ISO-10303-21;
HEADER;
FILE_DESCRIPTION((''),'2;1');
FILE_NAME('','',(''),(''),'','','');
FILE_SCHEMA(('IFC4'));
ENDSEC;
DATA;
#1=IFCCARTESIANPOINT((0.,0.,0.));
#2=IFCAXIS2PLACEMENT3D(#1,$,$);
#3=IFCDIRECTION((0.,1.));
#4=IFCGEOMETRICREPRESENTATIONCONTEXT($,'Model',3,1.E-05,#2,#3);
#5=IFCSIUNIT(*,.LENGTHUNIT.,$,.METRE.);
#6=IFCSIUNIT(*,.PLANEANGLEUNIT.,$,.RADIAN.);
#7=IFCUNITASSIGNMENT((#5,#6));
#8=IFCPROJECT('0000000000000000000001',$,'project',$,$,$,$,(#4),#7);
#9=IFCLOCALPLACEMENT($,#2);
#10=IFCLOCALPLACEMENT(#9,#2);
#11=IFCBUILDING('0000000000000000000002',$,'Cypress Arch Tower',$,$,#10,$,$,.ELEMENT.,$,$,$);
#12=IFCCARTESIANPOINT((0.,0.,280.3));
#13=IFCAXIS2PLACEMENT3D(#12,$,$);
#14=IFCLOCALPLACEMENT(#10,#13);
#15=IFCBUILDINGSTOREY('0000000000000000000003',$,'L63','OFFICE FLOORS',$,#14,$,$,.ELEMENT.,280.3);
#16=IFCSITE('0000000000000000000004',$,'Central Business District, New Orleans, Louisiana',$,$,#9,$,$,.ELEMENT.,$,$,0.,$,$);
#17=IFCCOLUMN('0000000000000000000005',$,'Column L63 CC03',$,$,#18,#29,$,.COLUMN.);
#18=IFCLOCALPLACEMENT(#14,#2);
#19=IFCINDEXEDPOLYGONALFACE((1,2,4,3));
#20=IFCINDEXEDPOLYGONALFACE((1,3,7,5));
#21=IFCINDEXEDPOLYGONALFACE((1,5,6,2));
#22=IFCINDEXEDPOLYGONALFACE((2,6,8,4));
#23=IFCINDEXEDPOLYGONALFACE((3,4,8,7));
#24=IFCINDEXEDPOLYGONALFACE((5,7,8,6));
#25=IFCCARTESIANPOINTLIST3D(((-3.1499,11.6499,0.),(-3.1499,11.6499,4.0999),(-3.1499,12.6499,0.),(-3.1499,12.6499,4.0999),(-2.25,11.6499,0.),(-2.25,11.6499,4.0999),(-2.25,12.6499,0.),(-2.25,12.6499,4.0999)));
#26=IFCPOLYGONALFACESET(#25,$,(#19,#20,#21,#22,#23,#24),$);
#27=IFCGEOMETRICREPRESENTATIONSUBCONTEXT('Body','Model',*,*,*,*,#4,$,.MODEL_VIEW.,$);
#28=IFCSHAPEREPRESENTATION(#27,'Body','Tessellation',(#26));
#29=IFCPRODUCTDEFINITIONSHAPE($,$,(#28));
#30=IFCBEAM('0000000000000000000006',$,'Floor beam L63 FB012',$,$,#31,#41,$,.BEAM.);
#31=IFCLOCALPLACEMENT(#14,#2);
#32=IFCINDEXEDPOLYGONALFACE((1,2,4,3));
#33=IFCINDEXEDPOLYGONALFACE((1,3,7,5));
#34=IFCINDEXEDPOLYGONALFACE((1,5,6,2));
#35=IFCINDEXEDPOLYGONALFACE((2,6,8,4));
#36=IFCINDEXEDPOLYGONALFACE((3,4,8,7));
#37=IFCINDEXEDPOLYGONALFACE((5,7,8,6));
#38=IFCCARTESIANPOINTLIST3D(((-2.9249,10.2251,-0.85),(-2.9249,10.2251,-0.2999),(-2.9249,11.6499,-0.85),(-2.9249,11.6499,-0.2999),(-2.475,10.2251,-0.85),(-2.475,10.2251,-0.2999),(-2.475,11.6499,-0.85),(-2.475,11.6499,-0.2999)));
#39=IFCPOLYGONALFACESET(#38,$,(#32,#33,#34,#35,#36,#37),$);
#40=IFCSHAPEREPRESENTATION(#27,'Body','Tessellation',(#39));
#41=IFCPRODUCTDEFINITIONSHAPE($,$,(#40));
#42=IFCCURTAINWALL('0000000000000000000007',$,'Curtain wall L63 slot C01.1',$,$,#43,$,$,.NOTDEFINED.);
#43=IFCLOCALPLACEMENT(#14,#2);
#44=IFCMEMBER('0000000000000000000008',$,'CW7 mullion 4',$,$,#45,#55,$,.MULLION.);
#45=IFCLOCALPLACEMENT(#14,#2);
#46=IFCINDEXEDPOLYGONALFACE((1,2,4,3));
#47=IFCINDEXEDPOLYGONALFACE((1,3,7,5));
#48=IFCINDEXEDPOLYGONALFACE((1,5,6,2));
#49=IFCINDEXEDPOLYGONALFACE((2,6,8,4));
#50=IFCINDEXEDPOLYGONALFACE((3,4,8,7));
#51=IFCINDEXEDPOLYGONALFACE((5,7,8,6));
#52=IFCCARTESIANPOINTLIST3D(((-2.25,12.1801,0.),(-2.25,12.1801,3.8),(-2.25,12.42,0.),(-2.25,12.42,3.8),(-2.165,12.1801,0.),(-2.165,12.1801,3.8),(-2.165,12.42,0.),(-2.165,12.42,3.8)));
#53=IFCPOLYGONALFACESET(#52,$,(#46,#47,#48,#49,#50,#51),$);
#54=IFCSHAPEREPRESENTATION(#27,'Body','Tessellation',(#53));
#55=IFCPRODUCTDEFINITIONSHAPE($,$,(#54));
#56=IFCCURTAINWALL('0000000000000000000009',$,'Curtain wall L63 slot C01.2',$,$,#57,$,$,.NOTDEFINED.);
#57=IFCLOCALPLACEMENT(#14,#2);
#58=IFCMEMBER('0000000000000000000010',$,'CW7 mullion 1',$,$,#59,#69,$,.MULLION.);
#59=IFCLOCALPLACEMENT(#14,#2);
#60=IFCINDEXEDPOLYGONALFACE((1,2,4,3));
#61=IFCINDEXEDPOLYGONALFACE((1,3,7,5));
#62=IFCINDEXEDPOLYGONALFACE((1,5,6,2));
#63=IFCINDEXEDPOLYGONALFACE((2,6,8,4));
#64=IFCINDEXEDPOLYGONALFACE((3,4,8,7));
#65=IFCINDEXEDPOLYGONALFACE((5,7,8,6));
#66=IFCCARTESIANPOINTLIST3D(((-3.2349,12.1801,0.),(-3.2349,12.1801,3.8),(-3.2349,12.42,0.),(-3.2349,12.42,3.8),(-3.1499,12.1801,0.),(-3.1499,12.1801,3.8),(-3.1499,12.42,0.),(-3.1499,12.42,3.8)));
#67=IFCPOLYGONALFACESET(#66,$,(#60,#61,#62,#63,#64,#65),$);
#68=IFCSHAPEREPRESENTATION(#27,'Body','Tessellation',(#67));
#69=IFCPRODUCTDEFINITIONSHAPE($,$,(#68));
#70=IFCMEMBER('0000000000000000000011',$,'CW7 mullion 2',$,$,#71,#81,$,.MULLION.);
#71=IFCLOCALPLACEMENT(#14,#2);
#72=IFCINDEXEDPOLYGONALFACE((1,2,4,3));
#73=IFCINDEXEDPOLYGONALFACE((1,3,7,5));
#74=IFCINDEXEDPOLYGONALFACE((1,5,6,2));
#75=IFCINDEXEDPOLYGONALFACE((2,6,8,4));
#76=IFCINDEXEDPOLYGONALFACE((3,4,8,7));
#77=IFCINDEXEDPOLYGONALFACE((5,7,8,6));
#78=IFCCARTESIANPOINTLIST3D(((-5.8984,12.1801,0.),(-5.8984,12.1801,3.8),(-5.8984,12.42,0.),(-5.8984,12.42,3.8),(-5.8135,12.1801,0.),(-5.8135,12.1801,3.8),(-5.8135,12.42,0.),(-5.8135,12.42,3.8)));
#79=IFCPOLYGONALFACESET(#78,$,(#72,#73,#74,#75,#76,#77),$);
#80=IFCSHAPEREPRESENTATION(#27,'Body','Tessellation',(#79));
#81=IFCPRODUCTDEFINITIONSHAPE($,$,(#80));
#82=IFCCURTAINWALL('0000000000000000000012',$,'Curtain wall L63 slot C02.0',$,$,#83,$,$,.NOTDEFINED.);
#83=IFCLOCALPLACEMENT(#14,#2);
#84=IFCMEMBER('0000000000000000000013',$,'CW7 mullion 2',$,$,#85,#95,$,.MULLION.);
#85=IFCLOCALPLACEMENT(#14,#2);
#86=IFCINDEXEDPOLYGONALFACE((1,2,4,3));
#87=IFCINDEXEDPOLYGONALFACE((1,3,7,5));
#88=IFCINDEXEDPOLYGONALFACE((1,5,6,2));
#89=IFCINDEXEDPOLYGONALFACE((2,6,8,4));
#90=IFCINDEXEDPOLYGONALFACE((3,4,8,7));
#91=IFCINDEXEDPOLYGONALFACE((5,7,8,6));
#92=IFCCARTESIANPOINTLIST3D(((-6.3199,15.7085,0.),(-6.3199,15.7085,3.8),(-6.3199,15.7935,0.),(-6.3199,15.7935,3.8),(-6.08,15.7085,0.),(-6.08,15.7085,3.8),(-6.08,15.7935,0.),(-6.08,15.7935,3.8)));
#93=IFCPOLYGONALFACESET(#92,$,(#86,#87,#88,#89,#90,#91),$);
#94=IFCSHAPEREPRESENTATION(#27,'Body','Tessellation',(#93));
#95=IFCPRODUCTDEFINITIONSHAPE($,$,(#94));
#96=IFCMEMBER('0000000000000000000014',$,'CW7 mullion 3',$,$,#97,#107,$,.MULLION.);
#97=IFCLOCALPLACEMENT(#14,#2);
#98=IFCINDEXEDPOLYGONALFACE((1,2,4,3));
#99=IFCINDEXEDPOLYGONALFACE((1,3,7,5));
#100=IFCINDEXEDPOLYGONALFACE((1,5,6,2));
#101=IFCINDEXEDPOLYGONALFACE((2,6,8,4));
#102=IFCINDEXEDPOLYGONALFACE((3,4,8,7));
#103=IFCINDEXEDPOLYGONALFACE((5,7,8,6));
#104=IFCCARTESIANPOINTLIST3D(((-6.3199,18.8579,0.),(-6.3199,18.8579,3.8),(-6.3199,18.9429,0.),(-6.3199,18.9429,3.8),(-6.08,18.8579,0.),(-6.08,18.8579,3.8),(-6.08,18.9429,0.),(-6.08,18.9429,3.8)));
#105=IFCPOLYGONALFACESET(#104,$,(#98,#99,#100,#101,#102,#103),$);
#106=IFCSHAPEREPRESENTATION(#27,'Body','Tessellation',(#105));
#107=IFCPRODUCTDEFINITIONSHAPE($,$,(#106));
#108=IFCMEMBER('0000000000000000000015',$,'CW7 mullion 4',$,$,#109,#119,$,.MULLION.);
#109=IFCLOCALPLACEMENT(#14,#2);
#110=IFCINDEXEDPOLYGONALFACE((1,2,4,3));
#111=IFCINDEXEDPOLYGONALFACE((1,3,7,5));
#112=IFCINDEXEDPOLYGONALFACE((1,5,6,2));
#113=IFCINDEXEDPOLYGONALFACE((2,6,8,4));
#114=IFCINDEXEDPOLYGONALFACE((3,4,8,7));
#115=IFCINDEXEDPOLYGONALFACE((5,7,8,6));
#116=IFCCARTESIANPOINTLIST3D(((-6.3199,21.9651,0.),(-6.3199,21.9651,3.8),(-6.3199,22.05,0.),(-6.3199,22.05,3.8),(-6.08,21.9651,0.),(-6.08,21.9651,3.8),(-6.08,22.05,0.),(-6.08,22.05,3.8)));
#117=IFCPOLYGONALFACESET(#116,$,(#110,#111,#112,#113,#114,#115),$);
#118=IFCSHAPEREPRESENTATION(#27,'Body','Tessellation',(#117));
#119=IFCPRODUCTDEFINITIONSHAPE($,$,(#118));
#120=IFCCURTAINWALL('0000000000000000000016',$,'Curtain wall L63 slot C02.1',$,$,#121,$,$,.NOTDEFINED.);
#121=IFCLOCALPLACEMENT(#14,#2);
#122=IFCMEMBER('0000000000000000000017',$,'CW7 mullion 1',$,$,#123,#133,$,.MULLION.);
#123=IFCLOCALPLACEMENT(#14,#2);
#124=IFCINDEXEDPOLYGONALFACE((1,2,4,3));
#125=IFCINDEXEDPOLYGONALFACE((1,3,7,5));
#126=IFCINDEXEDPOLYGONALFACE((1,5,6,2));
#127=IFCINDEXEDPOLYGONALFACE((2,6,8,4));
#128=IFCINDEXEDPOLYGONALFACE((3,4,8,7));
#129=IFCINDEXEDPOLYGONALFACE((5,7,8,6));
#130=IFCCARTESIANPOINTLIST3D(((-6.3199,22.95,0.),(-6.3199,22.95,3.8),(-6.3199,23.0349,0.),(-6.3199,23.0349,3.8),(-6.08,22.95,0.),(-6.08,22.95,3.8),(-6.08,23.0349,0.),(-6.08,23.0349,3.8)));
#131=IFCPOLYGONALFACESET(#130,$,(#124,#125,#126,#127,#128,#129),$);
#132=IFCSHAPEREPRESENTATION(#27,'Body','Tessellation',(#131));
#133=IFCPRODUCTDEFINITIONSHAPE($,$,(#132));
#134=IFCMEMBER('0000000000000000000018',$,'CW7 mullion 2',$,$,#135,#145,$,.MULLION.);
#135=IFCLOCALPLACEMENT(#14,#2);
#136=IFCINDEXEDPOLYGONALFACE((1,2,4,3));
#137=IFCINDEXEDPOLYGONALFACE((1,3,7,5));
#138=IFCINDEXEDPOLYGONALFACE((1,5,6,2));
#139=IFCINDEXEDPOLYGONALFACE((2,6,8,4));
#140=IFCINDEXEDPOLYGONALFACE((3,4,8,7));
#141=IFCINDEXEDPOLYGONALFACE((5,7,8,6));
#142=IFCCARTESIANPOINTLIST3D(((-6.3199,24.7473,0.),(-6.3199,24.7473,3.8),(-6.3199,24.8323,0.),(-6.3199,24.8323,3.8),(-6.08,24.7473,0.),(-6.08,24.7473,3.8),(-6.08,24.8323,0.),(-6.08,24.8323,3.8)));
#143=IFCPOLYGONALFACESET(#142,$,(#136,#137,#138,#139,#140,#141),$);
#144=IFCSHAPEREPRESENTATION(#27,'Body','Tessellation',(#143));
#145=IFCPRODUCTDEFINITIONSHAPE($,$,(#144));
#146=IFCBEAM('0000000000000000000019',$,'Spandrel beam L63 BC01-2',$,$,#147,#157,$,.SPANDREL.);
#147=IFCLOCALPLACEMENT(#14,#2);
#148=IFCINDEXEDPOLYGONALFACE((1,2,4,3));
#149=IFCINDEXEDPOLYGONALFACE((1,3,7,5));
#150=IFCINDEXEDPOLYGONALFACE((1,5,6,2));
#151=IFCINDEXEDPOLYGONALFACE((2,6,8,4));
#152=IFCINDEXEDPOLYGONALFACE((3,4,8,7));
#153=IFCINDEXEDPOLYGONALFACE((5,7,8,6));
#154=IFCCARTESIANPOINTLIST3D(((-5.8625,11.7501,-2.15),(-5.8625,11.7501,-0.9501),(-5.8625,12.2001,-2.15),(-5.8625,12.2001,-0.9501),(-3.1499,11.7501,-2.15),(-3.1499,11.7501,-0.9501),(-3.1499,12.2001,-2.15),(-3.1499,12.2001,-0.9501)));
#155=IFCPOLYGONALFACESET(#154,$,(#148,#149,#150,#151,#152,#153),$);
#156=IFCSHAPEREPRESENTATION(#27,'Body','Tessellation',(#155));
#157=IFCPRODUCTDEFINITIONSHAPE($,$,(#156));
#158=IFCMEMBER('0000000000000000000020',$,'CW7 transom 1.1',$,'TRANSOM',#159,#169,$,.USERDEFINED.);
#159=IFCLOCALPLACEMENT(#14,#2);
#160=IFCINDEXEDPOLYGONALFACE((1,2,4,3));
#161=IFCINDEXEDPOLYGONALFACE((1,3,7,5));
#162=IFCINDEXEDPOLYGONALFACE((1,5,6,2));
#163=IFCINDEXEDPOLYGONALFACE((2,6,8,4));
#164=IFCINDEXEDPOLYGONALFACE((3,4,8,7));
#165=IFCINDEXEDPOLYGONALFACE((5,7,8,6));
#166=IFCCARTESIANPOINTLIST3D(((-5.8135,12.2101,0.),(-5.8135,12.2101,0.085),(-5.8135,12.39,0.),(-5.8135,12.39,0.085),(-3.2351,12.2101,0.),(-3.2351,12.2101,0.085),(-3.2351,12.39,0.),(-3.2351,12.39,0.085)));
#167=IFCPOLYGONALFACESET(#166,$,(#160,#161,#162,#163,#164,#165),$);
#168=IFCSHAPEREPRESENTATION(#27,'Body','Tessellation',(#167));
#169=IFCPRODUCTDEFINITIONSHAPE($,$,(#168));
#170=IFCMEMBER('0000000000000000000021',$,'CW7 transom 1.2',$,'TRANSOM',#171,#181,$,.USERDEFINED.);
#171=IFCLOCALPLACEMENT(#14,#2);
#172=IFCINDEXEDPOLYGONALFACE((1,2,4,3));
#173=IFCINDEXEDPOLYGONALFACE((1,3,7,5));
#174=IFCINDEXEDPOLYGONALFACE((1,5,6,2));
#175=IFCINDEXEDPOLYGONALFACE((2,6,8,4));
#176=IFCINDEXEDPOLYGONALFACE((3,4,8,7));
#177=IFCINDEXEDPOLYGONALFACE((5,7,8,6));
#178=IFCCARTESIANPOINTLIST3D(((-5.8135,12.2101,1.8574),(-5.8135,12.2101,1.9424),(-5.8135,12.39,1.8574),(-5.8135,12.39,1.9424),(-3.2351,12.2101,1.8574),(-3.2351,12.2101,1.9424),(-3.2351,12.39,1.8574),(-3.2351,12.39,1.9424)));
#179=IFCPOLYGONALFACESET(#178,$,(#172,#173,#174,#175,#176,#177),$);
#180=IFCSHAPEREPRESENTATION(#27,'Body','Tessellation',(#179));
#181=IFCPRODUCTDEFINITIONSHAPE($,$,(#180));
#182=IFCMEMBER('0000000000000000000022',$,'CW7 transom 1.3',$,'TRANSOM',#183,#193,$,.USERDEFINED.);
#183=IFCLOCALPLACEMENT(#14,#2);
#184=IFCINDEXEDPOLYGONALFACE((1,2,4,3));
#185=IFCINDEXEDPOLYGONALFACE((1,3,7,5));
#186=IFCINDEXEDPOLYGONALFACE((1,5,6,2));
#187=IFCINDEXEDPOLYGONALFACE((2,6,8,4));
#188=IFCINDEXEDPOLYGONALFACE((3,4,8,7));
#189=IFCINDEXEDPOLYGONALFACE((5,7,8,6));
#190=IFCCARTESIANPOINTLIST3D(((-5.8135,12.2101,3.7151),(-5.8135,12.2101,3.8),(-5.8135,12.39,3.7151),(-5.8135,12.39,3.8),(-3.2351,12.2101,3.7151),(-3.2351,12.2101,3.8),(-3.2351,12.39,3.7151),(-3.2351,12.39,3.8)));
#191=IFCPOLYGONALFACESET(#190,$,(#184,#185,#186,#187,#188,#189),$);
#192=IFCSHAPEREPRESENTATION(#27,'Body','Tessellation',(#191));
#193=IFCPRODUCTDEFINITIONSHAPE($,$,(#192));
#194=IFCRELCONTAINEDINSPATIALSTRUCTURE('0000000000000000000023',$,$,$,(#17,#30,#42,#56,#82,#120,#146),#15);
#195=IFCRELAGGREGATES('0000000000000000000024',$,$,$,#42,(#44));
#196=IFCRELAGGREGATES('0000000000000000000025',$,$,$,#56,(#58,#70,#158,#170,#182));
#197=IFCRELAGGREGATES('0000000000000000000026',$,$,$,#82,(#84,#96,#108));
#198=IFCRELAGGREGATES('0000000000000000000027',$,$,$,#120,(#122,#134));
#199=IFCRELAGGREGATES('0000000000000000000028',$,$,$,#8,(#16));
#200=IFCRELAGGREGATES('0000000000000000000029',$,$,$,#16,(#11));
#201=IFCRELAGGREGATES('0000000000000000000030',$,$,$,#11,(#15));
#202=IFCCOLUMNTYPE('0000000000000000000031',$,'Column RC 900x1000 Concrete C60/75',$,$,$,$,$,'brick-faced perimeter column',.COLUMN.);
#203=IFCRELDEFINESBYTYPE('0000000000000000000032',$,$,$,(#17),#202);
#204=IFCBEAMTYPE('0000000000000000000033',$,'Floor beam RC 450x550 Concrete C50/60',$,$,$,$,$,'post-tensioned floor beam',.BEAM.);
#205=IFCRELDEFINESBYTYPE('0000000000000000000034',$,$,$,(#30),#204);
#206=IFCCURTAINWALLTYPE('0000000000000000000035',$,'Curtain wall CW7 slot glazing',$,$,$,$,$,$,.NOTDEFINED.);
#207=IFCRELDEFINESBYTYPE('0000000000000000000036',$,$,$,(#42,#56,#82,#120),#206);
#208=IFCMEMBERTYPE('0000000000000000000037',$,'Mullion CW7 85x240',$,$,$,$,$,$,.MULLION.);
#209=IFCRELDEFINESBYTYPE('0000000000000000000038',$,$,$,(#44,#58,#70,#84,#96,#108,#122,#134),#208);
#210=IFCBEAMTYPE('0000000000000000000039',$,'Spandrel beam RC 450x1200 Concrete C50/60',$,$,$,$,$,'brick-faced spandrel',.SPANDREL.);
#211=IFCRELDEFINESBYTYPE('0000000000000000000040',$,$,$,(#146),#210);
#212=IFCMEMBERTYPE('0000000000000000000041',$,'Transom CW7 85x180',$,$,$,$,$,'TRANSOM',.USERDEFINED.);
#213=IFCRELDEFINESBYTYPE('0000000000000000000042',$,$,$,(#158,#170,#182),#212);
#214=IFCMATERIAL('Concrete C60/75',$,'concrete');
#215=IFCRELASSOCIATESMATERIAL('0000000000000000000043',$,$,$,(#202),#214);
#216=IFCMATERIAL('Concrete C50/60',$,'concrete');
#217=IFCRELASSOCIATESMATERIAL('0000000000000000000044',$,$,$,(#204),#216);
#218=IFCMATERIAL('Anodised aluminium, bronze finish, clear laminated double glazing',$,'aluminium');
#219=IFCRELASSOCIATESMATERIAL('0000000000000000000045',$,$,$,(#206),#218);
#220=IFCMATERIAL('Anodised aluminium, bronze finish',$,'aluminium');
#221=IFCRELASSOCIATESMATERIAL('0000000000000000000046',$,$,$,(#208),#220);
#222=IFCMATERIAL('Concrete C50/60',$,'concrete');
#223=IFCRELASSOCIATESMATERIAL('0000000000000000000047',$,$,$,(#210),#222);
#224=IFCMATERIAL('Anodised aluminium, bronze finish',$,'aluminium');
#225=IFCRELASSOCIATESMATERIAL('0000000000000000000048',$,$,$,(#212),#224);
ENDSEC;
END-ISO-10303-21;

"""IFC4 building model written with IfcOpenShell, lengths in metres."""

from ifc_helpers import new_model, si_unit, direction, frame, origin, origin_2d, place, context, subcontext, project, spatial, rectangle, extrude, material, material_profile, profile_set, type_object, element, aggregate, save


model = new_model("IFC4")

# Units and contexts
model_context = context("Model", 3, precision=1e-05, world=origin(), true_north=direction((0.0, 1.0)))
body_context = subcontext(model_context, "Body", "Model", "MODEL_VIEW")
ifc_project = project(units=[si_unit("LENGTHUNIT", "METRE"), si_unit("PLANEANGLEUNIT", "RADIAN")], contexts=[model_context])

# Site, building, storey
site_placement = place(None, origin())
site = spatial("IfcSite", under=ifc_project, at=site_placement, Name="Central Business District, New Orleans, Louisiana", CompositionType="ELEMENT", RefElevation=0.0)
building_placement = place(site_placement, origin())
building = spatial("IfcBuilding", under=site, at=building_placement, Name="Cypress Arch Tower", CompositionType="ELEMENT")
storey_placement = place(building_placement, frame((0.0, 0.0, 280.3)))
storey = spatial("IfcBuildingStorey", under=building, at=storey_placement, Name="L63", Description="OFFICE FLOORS", CompositionType="ELEMENT", Elevation=280.3)

# Column
ifc_material_1 = material(Name="Concrete C60/75", Category="concrete")
ifc_material_profile_1 = material_profile(ifc_material_1, rectangle(XDim=0.8999, YDim=1.0, at=origin_2d()), Name="RC 900x1000")
ifc_profile_set_1 = profile_set([ifc_material_profile_1], Name="Concrete C60/75")
column_type = type_object("IfcColumnType", Name="Column RC 900x1000 Concrete C60/75", ElementType="brick-faced perimeter column", PredefinedType="COLUMN", material=ifc_profile_set_1)
column_placement = place(storey_placement, frame((-2.7, 12.1499, 0.0), z_axis=(0.0, 0.0, 1.0), x_axis=(-1.0, 0.0, 0.0)))
element("IfcColumn", 1, at=column_placement, inside=storey, type_object=column_type, Name="Column L63 CC03", PredefinedType="COLUMN", context=body_context, shape_type="SweptSolid", body=[
    extrude(rectangle(XDim=0.8999, YDim=1.0, at=origin_2d()), origin(), (0.0, 0.0, 1.0), 4.0999),
])

# Beam
ifc_material_2 = material(Name="Concrete C50/60", Category="concrete")
ifc_material_profile_2 = material_profile(ifc_material_2, rectangle(XDim=0.45, YDim=0.55, at=origin_2d()), Name="RC 450x550")
ifc_profile_set_2 = profile_set([ifc_material_profile_2], Name="Concrete C50/60")
beam_type_1 = type_object("IfcBeamType", Name="Floor beam RC 450x550 Concrete C50/60", ElementType="post-tensioned floor beam", PredefinedType="BEAM", material=ifc_profile_set_2)
beam_1_placement = place(storey_placement, frame((-2.7, 10.2251, -0.575), z_axis=(0.0, 1.0, 0.0), x_axis=(-1.0, 0.0, 0.0)))
element("IfcBeam", 2, at=beam_1_placement, inside=storey, type_object=beam_type_1, Name="Floor beam L63 FB012", PredefinedType="BEAM", context=body_context, shape_type="SweptSolid", body=[
    extrude(rectangle(XDim=0.45, YDim=0.55, at=origin_2d()), origin(), (0.0, 0.0, 1.0), 1.4248),
])

# Curtain wall, member
ifc_material_3 = material(Name="Anodised aluminium, bronze finish, clear laminated double glazing", Category="aluminium")
curtain_wall_type = type_object("IfcCurtainWallType", Name="Curtain wall CW7 slot glazing", PredefinedType="NOTDEFINED", material=ifc_material_3)
curtain_wall_1_placement = place(storey_placement, origin())
curtain_wall_1 = element("IfcCurtainWall", 3, at=curtain_wall_1_placement, inside=storey, type_object=curtain_wall_type, Name="Curtain wall L63 slot C01.1", PredefinedType="NOTDEFINED")
ifc_material_4 = material(Name="Anodised aluminium, bronze finish", Category="aluminium")
ifc_material_profile_3 = material_profile(ifc_material_4, rectangle(XDim=0.24, YDim=0.085, at=origin_2d()), Name="Mullion 85x240")
ifc_profile_set_3 = profile_set([ifc_material_profile_3], Name="Anodised aluminium, bronze finish")
member_type_1 = type_object("IfcMemberType", Name="Mullion CW7 85x240", PredefinedType="MULLION", material=ifc_profile_set_3)
member_1_placement = place(storey_placement, frame((-2.2075, 12.3, 0.0), z_axis=(0.0, 0.0, 1.0), x_axis=(0.0, -1.0, 0.0)))
member_1 = element("IfcMember", 4, at=member_1_placement, type_object=member_type_1, Name="CW7 mullion 4", PredefinedType="MULLION", context=body_context, shape_type="SweptSolid", body=[
    extrude(rectangle(XDim=0.24, YDim=0.085, at=origin_2d()), origin(), (0.0, 0.0, 1.0), 3.8),
])

# Curtain walls, members
curtain_wall_2_placement = place(storey_placement, origin())
curtain_wall_2 = element("IfcCurtainWall", 5, at=curtain_wall_2_placement, inside=storey, type_object=curtain_wall_type, Name="Curtain wall L63 slot C01.2", PredefinedType="NOTDEFINED")
member_2_placement = place(storey_placement, frame((-3.1924, 12.3, 0.0), z_axis=(0.0, 0.0, 1.0), x_axis=(0.0, -1.0, 0.0)))
member_2 = element("IfcMember", 6, at=member_2_placement, type_object=member_type_1, Name="CW7 mullion 1", PredefinedType="MULLION", context=body_context, shape_type="SweptSolid", body=[
    extrude(rectangle(XDim=0.24, YDim=0.085, at=origin_2d()), origin(), (0.0, 0.0, 1.0), 3.8),
])
member_3_placement = place(storey_placement, frame((-5.856, 12.3, 0.0), z_axis=(0.0, 0.0, 1.0), x_axis=(0.0, -1.0, 0.0)))
member_3 = element("IfcMember", 7, at=member_3_placement, type_object=member_type_1, Name="CW7 mullion 2", PredefinedType="MULLION", context=body_context, shape_type="SweptSolid", body=[
    extrude(rectangle(XDim=0.24, YDim=0.085, at=origin_2d()), origin(), (0.0, 0.0, 1.0), 3.8),
])
curtain_wall_3_placement = place(storey_placement, origin())
curtain_wall_3 = element("IfcCurtainWall", 8, at=curtain_wall_3_placement, inside=storey, type_object=curtain_wall_type, Name="Curtain wall L63 slot C02.0", PredefinedType="NOTDEFINED")
member_4_placement = place(storey_placement, frame((-6.2, 15.751, 0.0), z_axis=(0.0, 0.0, 1.0), x_axis=(-1.0, 0.0, 0.0)))
member_4 = element("IfcMember", 9, at=member_4_placement, type_object=member_type_1, Name="CW7 mullion 2", PredefinedType="MULLION", context=body_context, shape_type="SweptSolid", body=[
    extrude(rectangle(XDim=0.24, YDim=0.085, at=origin_2d()), origin(), (0.0, 0.0, 1.0), 3.8),
])
member_5_placement = place(storey_placement, frame((-6.2, 18.9004, 0.0), z_axis=(0.0, 0.0, 1.0), x_axis=(-1.0, 0.0, 0.0)))
member_5 = element("IfcMember", 10, at=member_5_placement, type_object=member_type_1, Name="CW7 mullion 3", PredefinedType="MULLION", context=body_context, shape_type="SweptSolid", body=[
    extrude(rectangle(XDim=0.24, YDim=0.085, at=origin_2d()), origin(), (0.0, 0.0, 1.0), 3.8),
])
member_6_placement = place(storey_placement, frame((-6.2, 22.0076, 0.0), z_axis=(0.0, 0.0, 1.0), x_axis=(-1.0, 0.0, 0.0)))
member_6 = element("IfcMember", 11, at=member_6_placement, type_object=member_type_1, Name="CW7 mullion 4", PredefinedType="MULLION", context=body_context, shape_type="SweptSolid", body=[
    extrude(rectangle(XDim=0.24, YDim=0.085, at=origin_2d()), origin(), (0.0, 0.0, 1.0), 3.8),
])
curtain_wall_4_placement = place(storey_placement, origin())
curtain_wall_4 = element("IfcCurtainWall", 12, at=curtain_wall_4_placement, inside=storey, type_object=curtain_wall_type, Name="Curtain wall L63 slot C02.1", PredefinedType="NOTDEFINED")
member_7_placement = place(storey_placement, frame((-6.2, 22.9924, 0.0), z_axis=(0.0, 0.0, 1.0), x_axis=(-1.0, 0.0, 0.0)))
member_7 = element("IfcMember", 13, at=member_7_placement, type_object=member_type_1, Name="CW7 mullion 1", PredefinedType="MULLION", context=body_context, shape_type="SweptSolid", body=[
    extrude(rectangle(XDim=0.24, YDim=0.085, at=origin_2d()), origin(), (0.0, 0.0, 1.0), 3.8),
])
member_8_placement = place(storey_placement, frame((-6.2, 24.7898, 0.0), z_axis=(0.0, 0.0, 1.0), x_axis=(-1.0, 0.0, 0.0)))
member_8 = element("IfcMember", 14, at=member_8_placement, type_object=member_type_1, Name="CW7 mullion 2", PredefinedType="MULLION", context=body_context, shape_type="SweptSolid", body=[
    extrude(rectangle(XDim=0.24, YDim=0.085, at=origin_2d()), origin(), (0.0, 0.0, 1.0), 3.8),
])

# Beam
ifc_material_5 = material(Name="Concrete C50/60", Category="concrete")
ifc_material_profile_4 = material_profile(ifc_material_5, rectangle(XDim=0.45, YDim=1.2, at=origin_2d()), Name="RC 450x1200")
ifc_profile_set_4 = profile_set([ifc_material_profile_4], Name="Concrete C50/60")
beam_type_2 = type_object("IfcBeamType", Name="Spandrel beam RC 450x1200 Concrete C50/60", ElementType="brick-faced spandrel", PredefinedType="SPANDREL", material=ifc_profile_set_4)
beam_2_placement = place(storey_placement, frame((-3.1499, 11.9751, -1.55), z_axis=(-1.0, 0.0, 0.0), x_axis=(0.0, -1.0, 0.0)))
element("IfcBeam", 15, at=beam_2_placement, inside=storey, type_object=beam_type_2, Name="Spandrel beam L63 BC01-2", PredefinedType="SPANDREL", context=body_context, shape_type="SweptSolid", body=[
    extrude(rectangle(XDim=0.45, YDim=1.2, at=origin_2d()), origin(), (0.0, 0.0, 1.0), 2.7126),
])

# Members
ifc_material_6 = material(Name="Anodised aluminium, bronze finish", Category="aluminium")
ifc_material_profile_5 = material_profile(ifc_material_6, rectangle(XDim=0.1799, YDim=0.085, at=origin_2d()), Name="Transom 85x180")
ifc_profile_set_5 = profile_set([ifc_material_profile_5], Name="Anodised aluminium, bronze finish")
member_type_2 = type_object("IfcMemberType", Name="Transom CW7 85x180", ElementType="TRANSOM", PredefinedType="USERDEFINED", material=ifc_profile_set_5)
member_9_placement = place(storey_placement, frame((-3.2351, 12.3, 0.0425), z_axis=(-1.0, 0.0, 0.0), x_axis=(0.0, -1.0, 0.0)))
member_9 = element("IfcMember", 16, at=member_9_placement, type_object=member_type_2, Name="CW7 transom 1.1", ObjectType="TRANSOM", PredefinedType="USERDEFINED", context=body_context, shape_type="SweptSolid", body=[
    extrude(rectangle(XDim=0.1799, YDim=0.085, at=origin_2d()), origin(), (0.0, 0.0, 1.0), 2.5784),
])
member_10_placement = place(storey_placement, frame((-3.2351, 12.3, 1.8999), z_axis=(-1.0, 0.0, 0.0), x_axis=(0.0, -1.0, 0.0)))
member_10 = element("IfcMember", 17, at=member_10_placement, type_object=member_type_2, Name="CW7 transom 1.2", ObjectType="TRANSOM", PredefinedType="USERDEFINED", context=body_context, shape_type="SweptSolid", body=[
    extrude(rectangle(XDim=0.1799, YDim=0.085, at=origin_2d()), origin(), (0.0, 0.0, 1.0), 2.5784),
])
member_11_placement = place(storey_placement, frame((-3.2351, 12.3, 3.7576), z_axis=(-1.0, 0.0, 0.0), x_axis=(0.0, -1.0, 0.0)))
member_11 = element("IfcMember", 18, at=member_11_placement, type_object=member_type_2, Name="CW7 transom 1.3", ObjectType="TRANSOM", PredefinedType="USERDEFINED", context=body_context, shape_type="SweptSolid", body=[
    extrude(rectangle(XDim=0.1799, YDim=0.085, at=origin_2d()), origin(), (0.0, 0.0, 1.0), 2.5784),
])

aggregate(curtain_wall_1, [member_1])
aggregate(curtain_wall_2, [member_2, member_3, member_9, member_10, member_11])
aggregate(curtain_wall_3, [member_4, member_5, member_6])
aggregate(curtain_wall_4, [member_7, member_8])

save(model, "model.ifc")
